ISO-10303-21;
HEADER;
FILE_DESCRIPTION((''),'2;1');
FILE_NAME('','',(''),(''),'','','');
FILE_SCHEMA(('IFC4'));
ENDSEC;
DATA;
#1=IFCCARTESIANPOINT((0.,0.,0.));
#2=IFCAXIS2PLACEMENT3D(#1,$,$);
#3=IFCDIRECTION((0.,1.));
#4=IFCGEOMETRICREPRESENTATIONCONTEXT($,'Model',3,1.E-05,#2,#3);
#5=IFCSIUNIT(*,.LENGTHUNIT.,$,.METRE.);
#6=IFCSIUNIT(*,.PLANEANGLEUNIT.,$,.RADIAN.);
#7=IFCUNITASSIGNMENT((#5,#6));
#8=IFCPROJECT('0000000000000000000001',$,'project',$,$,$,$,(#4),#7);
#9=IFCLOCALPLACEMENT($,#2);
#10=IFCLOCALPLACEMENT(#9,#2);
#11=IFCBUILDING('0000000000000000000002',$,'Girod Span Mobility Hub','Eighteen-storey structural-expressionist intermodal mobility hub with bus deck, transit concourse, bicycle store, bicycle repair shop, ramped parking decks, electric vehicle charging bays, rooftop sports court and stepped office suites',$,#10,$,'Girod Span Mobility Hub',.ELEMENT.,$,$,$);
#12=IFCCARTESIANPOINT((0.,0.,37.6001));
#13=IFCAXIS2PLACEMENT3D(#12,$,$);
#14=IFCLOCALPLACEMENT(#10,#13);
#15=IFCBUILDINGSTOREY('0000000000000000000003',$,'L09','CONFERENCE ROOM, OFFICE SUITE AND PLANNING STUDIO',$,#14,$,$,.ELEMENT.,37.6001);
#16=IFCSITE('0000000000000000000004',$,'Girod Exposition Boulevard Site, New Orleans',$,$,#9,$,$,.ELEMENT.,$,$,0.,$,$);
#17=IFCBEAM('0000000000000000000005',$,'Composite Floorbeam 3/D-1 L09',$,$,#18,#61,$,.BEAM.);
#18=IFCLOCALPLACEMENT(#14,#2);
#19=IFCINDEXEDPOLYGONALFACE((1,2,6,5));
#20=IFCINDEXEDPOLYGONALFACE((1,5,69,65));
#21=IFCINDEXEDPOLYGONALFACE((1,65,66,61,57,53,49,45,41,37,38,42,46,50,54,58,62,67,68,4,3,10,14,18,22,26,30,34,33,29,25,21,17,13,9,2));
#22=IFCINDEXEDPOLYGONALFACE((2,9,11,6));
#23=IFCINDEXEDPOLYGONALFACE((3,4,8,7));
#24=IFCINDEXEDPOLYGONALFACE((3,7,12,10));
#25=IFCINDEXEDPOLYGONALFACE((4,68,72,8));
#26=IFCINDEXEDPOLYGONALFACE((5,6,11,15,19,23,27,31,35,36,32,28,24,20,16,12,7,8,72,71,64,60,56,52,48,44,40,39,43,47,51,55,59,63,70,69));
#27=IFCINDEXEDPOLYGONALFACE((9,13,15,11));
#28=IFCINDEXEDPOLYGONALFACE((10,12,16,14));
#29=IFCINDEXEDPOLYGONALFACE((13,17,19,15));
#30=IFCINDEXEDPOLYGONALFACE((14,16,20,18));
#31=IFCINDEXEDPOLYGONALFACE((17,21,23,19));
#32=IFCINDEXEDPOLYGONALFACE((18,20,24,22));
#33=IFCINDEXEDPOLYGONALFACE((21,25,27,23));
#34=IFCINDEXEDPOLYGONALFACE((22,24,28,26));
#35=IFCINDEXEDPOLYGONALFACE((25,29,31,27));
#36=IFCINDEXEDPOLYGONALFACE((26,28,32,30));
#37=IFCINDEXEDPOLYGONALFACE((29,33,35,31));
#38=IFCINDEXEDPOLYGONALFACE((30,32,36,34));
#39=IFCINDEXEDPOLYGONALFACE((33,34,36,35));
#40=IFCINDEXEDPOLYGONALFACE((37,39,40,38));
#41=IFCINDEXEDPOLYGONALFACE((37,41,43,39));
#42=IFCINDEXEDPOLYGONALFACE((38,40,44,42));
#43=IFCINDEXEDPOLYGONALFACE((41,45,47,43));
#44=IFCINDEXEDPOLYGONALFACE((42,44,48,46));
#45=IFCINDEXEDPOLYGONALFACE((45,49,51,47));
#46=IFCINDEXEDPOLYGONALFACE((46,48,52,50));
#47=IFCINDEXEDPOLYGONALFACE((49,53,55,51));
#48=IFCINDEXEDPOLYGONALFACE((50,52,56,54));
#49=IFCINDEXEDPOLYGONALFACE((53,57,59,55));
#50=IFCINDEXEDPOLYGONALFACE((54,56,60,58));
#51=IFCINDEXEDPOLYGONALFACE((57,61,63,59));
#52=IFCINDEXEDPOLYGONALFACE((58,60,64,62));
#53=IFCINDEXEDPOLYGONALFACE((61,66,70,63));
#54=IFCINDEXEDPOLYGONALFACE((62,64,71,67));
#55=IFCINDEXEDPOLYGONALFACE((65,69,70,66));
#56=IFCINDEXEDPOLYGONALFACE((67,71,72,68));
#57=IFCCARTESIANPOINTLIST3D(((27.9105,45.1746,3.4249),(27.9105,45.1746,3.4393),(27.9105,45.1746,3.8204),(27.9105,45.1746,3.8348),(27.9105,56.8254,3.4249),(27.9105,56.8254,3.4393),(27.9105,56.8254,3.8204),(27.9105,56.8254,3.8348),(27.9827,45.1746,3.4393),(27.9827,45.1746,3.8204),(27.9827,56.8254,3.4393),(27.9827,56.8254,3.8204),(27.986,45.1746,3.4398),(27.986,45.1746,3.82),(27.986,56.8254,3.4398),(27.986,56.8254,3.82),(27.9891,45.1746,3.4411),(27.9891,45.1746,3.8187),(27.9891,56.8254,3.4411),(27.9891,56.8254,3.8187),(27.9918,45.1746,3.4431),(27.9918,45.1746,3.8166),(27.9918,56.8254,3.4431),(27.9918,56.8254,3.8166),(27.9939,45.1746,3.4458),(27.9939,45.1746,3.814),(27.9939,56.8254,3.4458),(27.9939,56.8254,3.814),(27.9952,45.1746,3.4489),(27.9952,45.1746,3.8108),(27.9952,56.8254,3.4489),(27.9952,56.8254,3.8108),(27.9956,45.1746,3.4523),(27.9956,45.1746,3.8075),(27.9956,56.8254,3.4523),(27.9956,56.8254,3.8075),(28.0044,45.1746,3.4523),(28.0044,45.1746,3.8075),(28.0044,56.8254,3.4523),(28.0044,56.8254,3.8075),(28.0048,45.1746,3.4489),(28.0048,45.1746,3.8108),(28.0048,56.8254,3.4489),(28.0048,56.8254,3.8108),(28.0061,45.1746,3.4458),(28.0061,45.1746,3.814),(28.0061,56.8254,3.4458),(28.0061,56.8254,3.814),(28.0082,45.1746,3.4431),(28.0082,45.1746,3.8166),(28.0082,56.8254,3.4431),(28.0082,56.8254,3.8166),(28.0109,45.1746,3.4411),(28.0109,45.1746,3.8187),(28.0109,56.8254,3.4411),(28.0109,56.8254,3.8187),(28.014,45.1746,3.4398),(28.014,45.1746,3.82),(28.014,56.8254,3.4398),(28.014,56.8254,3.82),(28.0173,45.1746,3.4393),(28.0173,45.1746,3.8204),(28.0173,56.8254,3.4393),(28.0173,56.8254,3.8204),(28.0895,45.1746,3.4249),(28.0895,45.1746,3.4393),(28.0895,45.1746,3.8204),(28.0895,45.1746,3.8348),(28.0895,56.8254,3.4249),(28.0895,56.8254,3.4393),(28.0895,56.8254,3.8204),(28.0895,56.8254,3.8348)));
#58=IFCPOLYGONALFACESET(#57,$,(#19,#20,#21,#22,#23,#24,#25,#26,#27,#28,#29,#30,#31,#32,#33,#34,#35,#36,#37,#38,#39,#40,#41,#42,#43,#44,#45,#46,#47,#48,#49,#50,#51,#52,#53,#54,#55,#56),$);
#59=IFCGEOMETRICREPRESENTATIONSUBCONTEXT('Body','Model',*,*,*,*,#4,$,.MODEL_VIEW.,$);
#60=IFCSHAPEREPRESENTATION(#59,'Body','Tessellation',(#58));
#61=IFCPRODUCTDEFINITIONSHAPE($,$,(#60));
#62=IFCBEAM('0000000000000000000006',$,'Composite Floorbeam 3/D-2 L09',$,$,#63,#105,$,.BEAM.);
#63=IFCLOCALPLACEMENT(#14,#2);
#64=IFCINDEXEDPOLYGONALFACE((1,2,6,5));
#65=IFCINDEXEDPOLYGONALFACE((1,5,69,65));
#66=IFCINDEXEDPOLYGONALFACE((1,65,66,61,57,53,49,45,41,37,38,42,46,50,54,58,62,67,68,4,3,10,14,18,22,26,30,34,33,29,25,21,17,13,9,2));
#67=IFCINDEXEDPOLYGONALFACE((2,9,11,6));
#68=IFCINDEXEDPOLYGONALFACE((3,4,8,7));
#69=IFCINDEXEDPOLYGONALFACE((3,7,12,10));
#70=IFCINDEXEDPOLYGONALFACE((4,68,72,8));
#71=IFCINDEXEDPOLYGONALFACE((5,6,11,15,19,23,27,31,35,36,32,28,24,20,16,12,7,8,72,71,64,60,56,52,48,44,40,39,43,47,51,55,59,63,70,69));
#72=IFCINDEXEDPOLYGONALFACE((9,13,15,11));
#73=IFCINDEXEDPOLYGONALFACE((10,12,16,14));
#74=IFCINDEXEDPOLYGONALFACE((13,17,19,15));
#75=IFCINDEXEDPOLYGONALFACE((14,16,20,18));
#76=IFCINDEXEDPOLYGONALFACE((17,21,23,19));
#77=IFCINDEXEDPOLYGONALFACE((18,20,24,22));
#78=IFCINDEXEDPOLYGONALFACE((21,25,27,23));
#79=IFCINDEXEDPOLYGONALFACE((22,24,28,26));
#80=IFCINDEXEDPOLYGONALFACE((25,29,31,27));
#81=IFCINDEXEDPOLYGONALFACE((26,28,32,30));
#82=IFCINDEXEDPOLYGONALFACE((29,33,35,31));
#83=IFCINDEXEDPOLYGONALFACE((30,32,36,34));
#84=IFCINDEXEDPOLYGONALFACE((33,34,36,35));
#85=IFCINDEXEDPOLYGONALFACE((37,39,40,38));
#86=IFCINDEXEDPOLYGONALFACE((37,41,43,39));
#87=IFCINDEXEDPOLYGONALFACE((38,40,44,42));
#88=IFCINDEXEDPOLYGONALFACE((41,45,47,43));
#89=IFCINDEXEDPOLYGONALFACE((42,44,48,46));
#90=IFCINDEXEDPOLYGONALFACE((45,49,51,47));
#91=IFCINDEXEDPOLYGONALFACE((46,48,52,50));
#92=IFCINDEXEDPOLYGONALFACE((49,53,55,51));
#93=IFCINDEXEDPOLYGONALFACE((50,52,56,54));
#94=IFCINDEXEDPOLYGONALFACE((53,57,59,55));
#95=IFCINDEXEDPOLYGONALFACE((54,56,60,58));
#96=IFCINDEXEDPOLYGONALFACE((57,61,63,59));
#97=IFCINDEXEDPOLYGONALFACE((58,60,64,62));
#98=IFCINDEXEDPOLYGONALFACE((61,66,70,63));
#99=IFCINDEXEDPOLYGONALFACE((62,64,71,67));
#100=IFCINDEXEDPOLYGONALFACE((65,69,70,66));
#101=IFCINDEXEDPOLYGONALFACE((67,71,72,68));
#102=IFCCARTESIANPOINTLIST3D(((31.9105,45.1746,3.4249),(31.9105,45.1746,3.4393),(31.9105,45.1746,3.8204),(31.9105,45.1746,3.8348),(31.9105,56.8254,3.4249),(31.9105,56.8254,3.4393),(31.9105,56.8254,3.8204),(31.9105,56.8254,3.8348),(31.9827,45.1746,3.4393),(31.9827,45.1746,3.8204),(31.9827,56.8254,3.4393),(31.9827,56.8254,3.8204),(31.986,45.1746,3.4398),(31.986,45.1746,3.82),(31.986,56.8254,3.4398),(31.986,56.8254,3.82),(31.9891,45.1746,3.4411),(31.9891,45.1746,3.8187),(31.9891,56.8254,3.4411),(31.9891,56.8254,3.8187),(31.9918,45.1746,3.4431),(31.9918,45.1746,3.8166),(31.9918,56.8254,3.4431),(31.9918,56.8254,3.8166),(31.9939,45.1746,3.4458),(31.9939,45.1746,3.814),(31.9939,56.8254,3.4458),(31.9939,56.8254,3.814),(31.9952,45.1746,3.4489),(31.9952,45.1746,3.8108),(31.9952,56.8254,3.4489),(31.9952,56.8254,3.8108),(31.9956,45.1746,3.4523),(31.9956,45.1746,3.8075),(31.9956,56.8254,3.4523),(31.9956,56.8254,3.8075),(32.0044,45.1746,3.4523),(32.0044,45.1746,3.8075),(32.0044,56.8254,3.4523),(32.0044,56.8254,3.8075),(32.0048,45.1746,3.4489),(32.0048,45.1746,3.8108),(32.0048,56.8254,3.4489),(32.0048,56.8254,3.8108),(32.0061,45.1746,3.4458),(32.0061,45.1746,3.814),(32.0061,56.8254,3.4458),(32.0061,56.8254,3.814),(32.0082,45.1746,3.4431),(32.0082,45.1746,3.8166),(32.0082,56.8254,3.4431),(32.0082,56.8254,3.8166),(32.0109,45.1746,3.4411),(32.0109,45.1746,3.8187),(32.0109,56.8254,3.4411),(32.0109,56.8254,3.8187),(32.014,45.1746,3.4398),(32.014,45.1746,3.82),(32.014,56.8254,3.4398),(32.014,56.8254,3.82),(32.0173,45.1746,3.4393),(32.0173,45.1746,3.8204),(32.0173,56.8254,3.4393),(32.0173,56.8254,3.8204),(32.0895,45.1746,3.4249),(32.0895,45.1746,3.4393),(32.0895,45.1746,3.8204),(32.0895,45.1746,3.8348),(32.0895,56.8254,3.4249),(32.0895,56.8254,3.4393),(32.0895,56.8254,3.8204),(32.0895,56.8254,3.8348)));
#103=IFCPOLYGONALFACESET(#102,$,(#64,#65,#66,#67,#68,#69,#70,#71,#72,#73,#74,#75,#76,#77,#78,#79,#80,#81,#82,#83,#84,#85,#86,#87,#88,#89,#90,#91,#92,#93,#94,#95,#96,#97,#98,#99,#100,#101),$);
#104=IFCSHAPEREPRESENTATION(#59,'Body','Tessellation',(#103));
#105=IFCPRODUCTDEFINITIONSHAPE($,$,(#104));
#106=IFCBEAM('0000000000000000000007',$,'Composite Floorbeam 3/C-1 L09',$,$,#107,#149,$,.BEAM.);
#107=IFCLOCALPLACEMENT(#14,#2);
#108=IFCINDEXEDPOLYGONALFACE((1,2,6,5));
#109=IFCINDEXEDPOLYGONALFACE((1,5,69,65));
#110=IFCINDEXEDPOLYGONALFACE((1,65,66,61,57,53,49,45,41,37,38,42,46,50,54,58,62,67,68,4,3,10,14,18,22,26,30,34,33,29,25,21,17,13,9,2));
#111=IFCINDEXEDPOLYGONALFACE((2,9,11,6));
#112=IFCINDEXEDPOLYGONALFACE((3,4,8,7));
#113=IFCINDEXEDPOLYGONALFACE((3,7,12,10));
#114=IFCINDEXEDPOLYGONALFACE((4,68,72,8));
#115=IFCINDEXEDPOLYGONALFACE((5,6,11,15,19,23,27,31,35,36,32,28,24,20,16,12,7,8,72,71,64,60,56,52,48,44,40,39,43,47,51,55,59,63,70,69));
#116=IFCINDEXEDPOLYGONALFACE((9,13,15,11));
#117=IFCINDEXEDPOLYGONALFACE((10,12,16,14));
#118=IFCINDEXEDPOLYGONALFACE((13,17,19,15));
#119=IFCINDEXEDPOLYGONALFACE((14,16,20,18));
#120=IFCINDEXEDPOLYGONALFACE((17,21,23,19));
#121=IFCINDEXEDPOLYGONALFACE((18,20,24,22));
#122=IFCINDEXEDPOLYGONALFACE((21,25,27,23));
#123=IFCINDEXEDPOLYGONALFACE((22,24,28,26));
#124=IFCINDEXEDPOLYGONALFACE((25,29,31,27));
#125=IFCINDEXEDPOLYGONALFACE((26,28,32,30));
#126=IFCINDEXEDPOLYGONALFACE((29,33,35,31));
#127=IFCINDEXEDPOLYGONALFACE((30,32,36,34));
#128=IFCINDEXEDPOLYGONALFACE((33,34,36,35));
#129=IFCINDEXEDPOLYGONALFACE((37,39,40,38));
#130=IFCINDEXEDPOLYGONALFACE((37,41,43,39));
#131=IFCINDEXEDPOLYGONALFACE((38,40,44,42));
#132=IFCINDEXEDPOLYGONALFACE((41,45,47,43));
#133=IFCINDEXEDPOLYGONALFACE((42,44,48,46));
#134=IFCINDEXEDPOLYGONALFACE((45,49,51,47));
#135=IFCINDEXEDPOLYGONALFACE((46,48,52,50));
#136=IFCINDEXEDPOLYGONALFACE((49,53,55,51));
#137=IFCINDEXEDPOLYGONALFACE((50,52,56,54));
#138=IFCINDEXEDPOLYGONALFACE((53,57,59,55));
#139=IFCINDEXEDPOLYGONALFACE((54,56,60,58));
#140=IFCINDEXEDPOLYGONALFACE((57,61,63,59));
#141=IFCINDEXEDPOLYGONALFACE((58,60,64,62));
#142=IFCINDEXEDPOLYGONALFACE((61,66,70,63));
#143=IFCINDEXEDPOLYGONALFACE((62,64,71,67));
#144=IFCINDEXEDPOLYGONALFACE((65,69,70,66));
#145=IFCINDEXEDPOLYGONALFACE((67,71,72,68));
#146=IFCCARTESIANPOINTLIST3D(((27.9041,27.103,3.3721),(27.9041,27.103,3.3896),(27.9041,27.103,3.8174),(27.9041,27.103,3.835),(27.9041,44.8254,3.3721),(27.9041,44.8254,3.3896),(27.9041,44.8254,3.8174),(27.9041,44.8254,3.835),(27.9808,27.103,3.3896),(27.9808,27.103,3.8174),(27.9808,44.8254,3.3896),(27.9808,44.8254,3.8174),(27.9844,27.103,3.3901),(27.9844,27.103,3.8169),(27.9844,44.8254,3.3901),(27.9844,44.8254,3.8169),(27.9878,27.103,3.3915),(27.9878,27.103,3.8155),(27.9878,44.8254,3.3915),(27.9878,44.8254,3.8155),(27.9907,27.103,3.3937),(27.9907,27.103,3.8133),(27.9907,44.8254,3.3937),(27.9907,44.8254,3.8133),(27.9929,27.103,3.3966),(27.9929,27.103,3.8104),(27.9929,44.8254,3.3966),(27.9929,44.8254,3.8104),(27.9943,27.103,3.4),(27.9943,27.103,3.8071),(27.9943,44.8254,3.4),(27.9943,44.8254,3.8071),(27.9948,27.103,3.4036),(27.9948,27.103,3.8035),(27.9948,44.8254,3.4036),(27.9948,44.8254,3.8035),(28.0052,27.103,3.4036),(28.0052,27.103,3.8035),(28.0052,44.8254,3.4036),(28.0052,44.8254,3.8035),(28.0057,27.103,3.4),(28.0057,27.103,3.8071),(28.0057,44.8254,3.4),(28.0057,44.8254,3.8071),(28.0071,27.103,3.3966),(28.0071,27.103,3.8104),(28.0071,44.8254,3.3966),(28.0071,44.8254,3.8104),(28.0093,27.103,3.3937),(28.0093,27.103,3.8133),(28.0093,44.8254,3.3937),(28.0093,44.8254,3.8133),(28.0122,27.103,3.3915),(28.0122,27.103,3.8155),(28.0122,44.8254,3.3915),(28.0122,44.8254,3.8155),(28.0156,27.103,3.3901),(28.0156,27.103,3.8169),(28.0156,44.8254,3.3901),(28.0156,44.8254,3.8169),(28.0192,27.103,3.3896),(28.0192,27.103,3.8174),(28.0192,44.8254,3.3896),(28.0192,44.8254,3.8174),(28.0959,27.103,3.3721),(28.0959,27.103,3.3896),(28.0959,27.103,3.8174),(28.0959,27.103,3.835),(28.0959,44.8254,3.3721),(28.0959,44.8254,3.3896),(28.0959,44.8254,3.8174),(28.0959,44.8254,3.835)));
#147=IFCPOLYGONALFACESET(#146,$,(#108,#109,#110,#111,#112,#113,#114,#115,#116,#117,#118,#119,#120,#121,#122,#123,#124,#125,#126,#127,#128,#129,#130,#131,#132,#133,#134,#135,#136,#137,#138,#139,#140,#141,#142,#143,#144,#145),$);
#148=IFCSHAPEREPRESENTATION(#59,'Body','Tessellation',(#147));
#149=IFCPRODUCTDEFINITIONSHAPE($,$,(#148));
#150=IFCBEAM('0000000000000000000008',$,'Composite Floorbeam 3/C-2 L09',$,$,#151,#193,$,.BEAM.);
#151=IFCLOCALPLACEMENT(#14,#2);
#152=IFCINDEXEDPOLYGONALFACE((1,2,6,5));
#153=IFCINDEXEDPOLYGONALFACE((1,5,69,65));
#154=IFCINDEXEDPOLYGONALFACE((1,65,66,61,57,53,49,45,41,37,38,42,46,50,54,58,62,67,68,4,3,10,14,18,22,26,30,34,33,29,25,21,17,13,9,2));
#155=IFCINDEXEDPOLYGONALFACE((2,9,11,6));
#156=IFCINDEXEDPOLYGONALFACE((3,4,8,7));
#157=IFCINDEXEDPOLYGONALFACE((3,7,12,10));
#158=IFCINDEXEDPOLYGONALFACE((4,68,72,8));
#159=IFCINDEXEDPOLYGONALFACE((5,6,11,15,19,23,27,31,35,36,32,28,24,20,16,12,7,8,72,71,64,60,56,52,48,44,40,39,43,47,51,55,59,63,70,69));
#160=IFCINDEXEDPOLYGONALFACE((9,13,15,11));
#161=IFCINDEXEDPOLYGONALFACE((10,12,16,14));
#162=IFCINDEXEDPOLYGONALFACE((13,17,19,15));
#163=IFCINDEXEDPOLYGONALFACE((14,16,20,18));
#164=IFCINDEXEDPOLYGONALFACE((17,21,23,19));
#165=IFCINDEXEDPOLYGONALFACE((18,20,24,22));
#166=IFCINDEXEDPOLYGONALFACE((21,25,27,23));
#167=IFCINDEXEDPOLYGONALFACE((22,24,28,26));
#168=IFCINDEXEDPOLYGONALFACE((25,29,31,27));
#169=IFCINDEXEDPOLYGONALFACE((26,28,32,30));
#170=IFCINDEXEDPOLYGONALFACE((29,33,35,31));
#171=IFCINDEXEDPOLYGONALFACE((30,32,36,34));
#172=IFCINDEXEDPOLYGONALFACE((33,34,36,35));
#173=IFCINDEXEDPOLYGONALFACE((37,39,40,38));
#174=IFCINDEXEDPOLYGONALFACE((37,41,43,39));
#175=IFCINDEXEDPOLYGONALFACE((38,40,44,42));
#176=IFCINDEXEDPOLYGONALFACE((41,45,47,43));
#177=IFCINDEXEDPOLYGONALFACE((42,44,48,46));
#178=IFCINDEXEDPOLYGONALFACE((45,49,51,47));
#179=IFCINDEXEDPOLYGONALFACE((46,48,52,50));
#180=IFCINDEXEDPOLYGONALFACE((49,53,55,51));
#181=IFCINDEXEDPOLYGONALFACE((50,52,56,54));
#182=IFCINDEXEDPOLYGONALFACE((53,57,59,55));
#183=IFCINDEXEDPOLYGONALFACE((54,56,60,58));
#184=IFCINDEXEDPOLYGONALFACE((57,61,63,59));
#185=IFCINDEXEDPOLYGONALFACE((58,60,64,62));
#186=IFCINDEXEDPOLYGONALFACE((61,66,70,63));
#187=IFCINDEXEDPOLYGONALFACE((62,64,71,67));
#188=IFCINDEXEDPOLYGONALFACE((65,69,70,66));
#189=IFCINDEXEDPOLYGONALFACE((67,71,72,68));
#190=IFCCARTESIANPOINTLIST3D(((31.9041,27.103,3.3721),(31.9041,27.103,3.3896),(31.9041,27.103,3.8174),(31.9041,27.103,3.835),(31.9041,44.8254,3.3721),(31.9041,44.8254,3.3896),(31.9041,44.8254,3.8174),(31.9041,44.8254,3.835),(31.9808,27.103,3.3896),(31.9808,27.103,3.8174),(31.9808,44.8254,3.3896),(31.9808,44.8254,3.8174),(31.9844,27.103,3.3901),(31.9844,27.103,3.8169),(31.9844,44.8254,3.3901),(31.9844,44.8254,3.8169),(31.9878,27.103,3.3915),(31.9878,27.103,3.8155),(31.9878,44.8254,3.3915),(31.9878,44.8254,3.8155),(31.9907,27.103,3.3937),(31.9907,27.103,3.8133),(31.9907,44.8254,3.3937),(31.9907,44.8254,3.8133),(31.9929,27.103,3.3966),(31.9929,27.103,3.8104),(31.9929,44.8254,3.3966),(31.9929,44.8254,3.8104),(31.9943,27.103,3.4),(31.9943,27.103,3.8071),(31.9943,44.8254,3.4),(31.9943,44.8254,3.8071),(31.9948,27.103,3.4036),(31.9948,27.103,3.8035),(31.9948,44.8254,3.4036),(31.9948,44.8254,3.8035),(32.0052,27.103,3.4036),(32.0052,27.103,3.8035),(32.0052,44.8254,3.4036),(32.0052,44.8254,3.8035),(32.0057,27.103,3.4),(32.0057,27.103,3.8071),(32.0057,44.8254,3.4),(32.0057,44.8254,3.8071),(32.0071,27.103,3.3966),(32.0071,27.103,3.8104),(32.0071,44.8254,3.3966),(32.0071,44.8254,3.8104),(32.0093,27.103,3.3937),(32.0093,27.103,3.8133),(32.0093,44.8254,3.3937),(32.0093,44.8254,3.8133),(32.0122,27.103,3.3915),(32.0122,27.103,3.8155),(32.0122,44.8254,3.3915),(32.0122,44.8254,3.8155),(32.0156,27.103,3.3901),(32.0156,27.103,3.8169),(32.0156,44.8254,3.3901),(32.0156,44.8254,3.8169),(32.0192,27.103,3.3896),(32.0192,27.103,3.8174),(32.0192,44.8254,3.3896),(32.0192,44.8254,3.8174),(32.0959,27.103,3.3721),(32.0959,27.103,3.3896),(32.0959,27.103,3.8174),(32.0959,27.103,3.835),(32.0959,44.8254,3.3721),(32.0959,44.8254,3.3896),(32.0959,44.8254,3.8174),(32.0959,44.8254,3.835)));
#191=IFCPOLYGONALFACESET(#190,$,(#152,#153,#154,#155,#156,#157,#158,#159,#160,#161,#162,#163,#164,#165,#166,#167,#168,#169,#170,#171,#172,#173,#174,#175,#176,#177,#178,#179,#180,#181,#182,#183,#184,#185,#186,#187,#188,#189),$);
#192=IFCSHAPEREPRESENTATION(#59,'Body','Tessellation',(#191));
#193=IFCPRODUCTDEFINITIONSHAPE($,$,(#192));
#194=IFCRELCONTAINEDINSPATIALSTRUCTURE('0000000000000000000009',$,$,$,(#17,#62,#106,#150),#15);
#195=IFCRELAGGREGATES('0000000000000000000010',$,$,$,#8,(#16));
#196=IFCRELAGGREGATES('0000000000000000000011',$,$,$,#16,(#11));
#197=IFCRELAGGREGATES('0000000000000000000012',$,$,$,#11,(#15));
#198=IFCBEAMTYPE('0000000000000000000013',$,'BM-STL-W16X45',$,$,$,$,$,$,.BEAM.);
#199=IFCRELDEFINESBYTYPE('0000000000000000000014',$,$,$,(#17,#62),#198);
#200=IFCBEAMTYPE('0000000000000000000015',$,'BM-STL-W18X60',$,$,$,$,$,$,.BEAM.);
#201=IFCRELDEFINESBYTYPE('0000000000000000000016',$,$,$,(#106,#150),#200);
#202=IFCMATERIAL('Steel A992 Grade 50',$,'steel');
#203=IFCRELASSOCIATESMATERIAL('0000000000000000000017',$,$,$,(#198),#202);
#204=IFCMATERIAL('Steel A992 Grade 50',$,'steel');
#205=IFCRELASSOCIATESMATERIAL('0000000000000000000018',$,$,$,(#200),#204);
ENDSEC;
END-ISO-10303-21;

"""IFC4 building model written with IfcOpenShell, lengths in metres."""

from ifc_helpers import new_model, si_unit, direction, frame, origin, origin_2d, place, context, subcontext, project, spatial, i_section, extrude, material, material_profile, profile_set, type_object, element, save


model = new_model("IFC4")

# Units and contexts
model_context = context("Model", 3, precision=1e-05, world=origin(), true_north=direction((0.0, 1.0)))
body_context = subcontext(model_context, "Body", "Model", "MODEL_VIEW")
ifc_project = project(units=[si_unit("LENGTHUNIT", "METRE"), si_unit("PLANEANGLEUNIT", "RADIAN")], contexts=[model_context])

# Site, building, storey
site_placement = place(None, origin())
site = spatial("IfcSite", under=ifc_project, at=site_placement, Name="Girod Exposition Boulevard Site, New Orleans", CompositionType="ELEMENT", RefElevation=0.0)
building_placement = place(site_placement, origin())
building = spatial("IfcBuilding", under=site, at=building_placement, Name="Girod Span Mobility Hub", Description="Eighteen-storey structural-expressionist intermodal mobility hub with bus deck, transit concourse, bicycle store, bicycle repair shop, ramped parking decks, electric vehicle charging bays, rooftop sports court and stepped office suites", LongName="Girod Span Mobility Hub", CompositionType="ELEMENT")
storey_placement = place(building_placement, frame((0.0, 0.0, 37.6001)))
storey = spatial("IfcBuildingStorey", under=building, at=storey_placement, Name="L09", Description="CONFERENCE ROOM, OFFICE SUITE AND PLANNING STUDIO", CompositionType="ELEMENT", Elevation=37.6001)

# Beams
ifc_material_1 = material(Name="Steel A992 Grade 50", Category="steel")
ifc_material_profile_1 = material_profile(ifc_material_1, i_section(OverallWidth=0.179, OverallDepth=0.4099, WebThickness=0.0088, FlangeThickness=0.0144, FilletRadius=0.0129, at=origin_2d()), Name="W16X45")
ifc_profile_set_1 = profile_set([ifc_material_profile_1], Name="Steel A992 Grade 50")
beam_type_1 = type_object("IfcBeamType", Name="BM-STL-W16X45", PredefinedType="BEAM", material=ifc_profile_set_1)
for number, where, z_axis, x_axis, name in (
    (1, (28.0, 45.1746, 3.6299), (0.0, 1.0, 0.0), (-1.0, 0.0, 0.0), "Composite Floorbeam 3/D-1 L09"),
    (2, (32.0, 45.1746, 3.6299), (0.0, 1.0, 0.0), (-1.0, 0.0, 0.0), "Composite Floorbeam 3/D-2 L09"),
):
    element("IfcBeam", number, at=place(storey_placement, frame(where, z_axis=z_axis, x_axis=x_axis)), inside=storey, type_object=beam_type_1, Name=name, PredefinedType="BEAM", context=body_context, shape_type="SweptSolid", body=[
        extrude(i_section(OverallWidth=0.179, OverallDepth=0.4099, WebThickness=0.0088, FlangeThickness=0.0144, FilletRadius=0.0129, at=origin_2d()), origin(), (0.0, 0.0, 1.0), 11.6509),
    ])
ifc_material_2 = material(Name="Steel A992 Grade 50", Category="steel")
ifc_material_profile_2 = material_profile(ifc_material_2, i_section(OverallWidth=0.1919, OverallDepth=0.4629, WebThickness=0.0105, FlangeThickness=0.0176, FilletRadius=0.0139, at=origin_2d()), Name="W18X60")
ifc_profile_set_2 = profile_set([ifc_material_profile_2], Name="Steel A992 Grade 50")
beam_type_2 = type_object("IfcBeamType", Name="BM-STL-W18X60", PredefinedType="BEAM", material=ifc_profile_set_2)
for number, where, z_axis, x_axis, name in (
    (3, (28.0, 27.103, 3.6035), (0.0, 1.0, 0.0), (-1.0, 0.0, 0.0), "Composite Floorbeam 3/C-1 L09"),
    (4, (32.0, 27.103, 3.6035), (0.0, 1.0, 0.0), (-1.0, 0.0, 0.0), "Composite Floorbeam 3/C-2 L09"),
):
    element("IfcBeam", number, at=place(storey_placement, frame(where, z_axis=z_axis, x_axis=x_axis)), inside=storey, type_object=beam_type_2, Name=name, PredefinedType="BEAM", context=body_context, shape_type="SweptSolid", body=[
        extrude(i_section(OverallWidth=0.1919, OverallDepth=0.4629, WebThickness=0.0105, FlangeThickness=0.0176, FilletRadius=0.0139, at=origin_2d()), origin(), (0.0, 0.0, 1.0), 17.7224),
    ])

save(model, "model.ifc")
